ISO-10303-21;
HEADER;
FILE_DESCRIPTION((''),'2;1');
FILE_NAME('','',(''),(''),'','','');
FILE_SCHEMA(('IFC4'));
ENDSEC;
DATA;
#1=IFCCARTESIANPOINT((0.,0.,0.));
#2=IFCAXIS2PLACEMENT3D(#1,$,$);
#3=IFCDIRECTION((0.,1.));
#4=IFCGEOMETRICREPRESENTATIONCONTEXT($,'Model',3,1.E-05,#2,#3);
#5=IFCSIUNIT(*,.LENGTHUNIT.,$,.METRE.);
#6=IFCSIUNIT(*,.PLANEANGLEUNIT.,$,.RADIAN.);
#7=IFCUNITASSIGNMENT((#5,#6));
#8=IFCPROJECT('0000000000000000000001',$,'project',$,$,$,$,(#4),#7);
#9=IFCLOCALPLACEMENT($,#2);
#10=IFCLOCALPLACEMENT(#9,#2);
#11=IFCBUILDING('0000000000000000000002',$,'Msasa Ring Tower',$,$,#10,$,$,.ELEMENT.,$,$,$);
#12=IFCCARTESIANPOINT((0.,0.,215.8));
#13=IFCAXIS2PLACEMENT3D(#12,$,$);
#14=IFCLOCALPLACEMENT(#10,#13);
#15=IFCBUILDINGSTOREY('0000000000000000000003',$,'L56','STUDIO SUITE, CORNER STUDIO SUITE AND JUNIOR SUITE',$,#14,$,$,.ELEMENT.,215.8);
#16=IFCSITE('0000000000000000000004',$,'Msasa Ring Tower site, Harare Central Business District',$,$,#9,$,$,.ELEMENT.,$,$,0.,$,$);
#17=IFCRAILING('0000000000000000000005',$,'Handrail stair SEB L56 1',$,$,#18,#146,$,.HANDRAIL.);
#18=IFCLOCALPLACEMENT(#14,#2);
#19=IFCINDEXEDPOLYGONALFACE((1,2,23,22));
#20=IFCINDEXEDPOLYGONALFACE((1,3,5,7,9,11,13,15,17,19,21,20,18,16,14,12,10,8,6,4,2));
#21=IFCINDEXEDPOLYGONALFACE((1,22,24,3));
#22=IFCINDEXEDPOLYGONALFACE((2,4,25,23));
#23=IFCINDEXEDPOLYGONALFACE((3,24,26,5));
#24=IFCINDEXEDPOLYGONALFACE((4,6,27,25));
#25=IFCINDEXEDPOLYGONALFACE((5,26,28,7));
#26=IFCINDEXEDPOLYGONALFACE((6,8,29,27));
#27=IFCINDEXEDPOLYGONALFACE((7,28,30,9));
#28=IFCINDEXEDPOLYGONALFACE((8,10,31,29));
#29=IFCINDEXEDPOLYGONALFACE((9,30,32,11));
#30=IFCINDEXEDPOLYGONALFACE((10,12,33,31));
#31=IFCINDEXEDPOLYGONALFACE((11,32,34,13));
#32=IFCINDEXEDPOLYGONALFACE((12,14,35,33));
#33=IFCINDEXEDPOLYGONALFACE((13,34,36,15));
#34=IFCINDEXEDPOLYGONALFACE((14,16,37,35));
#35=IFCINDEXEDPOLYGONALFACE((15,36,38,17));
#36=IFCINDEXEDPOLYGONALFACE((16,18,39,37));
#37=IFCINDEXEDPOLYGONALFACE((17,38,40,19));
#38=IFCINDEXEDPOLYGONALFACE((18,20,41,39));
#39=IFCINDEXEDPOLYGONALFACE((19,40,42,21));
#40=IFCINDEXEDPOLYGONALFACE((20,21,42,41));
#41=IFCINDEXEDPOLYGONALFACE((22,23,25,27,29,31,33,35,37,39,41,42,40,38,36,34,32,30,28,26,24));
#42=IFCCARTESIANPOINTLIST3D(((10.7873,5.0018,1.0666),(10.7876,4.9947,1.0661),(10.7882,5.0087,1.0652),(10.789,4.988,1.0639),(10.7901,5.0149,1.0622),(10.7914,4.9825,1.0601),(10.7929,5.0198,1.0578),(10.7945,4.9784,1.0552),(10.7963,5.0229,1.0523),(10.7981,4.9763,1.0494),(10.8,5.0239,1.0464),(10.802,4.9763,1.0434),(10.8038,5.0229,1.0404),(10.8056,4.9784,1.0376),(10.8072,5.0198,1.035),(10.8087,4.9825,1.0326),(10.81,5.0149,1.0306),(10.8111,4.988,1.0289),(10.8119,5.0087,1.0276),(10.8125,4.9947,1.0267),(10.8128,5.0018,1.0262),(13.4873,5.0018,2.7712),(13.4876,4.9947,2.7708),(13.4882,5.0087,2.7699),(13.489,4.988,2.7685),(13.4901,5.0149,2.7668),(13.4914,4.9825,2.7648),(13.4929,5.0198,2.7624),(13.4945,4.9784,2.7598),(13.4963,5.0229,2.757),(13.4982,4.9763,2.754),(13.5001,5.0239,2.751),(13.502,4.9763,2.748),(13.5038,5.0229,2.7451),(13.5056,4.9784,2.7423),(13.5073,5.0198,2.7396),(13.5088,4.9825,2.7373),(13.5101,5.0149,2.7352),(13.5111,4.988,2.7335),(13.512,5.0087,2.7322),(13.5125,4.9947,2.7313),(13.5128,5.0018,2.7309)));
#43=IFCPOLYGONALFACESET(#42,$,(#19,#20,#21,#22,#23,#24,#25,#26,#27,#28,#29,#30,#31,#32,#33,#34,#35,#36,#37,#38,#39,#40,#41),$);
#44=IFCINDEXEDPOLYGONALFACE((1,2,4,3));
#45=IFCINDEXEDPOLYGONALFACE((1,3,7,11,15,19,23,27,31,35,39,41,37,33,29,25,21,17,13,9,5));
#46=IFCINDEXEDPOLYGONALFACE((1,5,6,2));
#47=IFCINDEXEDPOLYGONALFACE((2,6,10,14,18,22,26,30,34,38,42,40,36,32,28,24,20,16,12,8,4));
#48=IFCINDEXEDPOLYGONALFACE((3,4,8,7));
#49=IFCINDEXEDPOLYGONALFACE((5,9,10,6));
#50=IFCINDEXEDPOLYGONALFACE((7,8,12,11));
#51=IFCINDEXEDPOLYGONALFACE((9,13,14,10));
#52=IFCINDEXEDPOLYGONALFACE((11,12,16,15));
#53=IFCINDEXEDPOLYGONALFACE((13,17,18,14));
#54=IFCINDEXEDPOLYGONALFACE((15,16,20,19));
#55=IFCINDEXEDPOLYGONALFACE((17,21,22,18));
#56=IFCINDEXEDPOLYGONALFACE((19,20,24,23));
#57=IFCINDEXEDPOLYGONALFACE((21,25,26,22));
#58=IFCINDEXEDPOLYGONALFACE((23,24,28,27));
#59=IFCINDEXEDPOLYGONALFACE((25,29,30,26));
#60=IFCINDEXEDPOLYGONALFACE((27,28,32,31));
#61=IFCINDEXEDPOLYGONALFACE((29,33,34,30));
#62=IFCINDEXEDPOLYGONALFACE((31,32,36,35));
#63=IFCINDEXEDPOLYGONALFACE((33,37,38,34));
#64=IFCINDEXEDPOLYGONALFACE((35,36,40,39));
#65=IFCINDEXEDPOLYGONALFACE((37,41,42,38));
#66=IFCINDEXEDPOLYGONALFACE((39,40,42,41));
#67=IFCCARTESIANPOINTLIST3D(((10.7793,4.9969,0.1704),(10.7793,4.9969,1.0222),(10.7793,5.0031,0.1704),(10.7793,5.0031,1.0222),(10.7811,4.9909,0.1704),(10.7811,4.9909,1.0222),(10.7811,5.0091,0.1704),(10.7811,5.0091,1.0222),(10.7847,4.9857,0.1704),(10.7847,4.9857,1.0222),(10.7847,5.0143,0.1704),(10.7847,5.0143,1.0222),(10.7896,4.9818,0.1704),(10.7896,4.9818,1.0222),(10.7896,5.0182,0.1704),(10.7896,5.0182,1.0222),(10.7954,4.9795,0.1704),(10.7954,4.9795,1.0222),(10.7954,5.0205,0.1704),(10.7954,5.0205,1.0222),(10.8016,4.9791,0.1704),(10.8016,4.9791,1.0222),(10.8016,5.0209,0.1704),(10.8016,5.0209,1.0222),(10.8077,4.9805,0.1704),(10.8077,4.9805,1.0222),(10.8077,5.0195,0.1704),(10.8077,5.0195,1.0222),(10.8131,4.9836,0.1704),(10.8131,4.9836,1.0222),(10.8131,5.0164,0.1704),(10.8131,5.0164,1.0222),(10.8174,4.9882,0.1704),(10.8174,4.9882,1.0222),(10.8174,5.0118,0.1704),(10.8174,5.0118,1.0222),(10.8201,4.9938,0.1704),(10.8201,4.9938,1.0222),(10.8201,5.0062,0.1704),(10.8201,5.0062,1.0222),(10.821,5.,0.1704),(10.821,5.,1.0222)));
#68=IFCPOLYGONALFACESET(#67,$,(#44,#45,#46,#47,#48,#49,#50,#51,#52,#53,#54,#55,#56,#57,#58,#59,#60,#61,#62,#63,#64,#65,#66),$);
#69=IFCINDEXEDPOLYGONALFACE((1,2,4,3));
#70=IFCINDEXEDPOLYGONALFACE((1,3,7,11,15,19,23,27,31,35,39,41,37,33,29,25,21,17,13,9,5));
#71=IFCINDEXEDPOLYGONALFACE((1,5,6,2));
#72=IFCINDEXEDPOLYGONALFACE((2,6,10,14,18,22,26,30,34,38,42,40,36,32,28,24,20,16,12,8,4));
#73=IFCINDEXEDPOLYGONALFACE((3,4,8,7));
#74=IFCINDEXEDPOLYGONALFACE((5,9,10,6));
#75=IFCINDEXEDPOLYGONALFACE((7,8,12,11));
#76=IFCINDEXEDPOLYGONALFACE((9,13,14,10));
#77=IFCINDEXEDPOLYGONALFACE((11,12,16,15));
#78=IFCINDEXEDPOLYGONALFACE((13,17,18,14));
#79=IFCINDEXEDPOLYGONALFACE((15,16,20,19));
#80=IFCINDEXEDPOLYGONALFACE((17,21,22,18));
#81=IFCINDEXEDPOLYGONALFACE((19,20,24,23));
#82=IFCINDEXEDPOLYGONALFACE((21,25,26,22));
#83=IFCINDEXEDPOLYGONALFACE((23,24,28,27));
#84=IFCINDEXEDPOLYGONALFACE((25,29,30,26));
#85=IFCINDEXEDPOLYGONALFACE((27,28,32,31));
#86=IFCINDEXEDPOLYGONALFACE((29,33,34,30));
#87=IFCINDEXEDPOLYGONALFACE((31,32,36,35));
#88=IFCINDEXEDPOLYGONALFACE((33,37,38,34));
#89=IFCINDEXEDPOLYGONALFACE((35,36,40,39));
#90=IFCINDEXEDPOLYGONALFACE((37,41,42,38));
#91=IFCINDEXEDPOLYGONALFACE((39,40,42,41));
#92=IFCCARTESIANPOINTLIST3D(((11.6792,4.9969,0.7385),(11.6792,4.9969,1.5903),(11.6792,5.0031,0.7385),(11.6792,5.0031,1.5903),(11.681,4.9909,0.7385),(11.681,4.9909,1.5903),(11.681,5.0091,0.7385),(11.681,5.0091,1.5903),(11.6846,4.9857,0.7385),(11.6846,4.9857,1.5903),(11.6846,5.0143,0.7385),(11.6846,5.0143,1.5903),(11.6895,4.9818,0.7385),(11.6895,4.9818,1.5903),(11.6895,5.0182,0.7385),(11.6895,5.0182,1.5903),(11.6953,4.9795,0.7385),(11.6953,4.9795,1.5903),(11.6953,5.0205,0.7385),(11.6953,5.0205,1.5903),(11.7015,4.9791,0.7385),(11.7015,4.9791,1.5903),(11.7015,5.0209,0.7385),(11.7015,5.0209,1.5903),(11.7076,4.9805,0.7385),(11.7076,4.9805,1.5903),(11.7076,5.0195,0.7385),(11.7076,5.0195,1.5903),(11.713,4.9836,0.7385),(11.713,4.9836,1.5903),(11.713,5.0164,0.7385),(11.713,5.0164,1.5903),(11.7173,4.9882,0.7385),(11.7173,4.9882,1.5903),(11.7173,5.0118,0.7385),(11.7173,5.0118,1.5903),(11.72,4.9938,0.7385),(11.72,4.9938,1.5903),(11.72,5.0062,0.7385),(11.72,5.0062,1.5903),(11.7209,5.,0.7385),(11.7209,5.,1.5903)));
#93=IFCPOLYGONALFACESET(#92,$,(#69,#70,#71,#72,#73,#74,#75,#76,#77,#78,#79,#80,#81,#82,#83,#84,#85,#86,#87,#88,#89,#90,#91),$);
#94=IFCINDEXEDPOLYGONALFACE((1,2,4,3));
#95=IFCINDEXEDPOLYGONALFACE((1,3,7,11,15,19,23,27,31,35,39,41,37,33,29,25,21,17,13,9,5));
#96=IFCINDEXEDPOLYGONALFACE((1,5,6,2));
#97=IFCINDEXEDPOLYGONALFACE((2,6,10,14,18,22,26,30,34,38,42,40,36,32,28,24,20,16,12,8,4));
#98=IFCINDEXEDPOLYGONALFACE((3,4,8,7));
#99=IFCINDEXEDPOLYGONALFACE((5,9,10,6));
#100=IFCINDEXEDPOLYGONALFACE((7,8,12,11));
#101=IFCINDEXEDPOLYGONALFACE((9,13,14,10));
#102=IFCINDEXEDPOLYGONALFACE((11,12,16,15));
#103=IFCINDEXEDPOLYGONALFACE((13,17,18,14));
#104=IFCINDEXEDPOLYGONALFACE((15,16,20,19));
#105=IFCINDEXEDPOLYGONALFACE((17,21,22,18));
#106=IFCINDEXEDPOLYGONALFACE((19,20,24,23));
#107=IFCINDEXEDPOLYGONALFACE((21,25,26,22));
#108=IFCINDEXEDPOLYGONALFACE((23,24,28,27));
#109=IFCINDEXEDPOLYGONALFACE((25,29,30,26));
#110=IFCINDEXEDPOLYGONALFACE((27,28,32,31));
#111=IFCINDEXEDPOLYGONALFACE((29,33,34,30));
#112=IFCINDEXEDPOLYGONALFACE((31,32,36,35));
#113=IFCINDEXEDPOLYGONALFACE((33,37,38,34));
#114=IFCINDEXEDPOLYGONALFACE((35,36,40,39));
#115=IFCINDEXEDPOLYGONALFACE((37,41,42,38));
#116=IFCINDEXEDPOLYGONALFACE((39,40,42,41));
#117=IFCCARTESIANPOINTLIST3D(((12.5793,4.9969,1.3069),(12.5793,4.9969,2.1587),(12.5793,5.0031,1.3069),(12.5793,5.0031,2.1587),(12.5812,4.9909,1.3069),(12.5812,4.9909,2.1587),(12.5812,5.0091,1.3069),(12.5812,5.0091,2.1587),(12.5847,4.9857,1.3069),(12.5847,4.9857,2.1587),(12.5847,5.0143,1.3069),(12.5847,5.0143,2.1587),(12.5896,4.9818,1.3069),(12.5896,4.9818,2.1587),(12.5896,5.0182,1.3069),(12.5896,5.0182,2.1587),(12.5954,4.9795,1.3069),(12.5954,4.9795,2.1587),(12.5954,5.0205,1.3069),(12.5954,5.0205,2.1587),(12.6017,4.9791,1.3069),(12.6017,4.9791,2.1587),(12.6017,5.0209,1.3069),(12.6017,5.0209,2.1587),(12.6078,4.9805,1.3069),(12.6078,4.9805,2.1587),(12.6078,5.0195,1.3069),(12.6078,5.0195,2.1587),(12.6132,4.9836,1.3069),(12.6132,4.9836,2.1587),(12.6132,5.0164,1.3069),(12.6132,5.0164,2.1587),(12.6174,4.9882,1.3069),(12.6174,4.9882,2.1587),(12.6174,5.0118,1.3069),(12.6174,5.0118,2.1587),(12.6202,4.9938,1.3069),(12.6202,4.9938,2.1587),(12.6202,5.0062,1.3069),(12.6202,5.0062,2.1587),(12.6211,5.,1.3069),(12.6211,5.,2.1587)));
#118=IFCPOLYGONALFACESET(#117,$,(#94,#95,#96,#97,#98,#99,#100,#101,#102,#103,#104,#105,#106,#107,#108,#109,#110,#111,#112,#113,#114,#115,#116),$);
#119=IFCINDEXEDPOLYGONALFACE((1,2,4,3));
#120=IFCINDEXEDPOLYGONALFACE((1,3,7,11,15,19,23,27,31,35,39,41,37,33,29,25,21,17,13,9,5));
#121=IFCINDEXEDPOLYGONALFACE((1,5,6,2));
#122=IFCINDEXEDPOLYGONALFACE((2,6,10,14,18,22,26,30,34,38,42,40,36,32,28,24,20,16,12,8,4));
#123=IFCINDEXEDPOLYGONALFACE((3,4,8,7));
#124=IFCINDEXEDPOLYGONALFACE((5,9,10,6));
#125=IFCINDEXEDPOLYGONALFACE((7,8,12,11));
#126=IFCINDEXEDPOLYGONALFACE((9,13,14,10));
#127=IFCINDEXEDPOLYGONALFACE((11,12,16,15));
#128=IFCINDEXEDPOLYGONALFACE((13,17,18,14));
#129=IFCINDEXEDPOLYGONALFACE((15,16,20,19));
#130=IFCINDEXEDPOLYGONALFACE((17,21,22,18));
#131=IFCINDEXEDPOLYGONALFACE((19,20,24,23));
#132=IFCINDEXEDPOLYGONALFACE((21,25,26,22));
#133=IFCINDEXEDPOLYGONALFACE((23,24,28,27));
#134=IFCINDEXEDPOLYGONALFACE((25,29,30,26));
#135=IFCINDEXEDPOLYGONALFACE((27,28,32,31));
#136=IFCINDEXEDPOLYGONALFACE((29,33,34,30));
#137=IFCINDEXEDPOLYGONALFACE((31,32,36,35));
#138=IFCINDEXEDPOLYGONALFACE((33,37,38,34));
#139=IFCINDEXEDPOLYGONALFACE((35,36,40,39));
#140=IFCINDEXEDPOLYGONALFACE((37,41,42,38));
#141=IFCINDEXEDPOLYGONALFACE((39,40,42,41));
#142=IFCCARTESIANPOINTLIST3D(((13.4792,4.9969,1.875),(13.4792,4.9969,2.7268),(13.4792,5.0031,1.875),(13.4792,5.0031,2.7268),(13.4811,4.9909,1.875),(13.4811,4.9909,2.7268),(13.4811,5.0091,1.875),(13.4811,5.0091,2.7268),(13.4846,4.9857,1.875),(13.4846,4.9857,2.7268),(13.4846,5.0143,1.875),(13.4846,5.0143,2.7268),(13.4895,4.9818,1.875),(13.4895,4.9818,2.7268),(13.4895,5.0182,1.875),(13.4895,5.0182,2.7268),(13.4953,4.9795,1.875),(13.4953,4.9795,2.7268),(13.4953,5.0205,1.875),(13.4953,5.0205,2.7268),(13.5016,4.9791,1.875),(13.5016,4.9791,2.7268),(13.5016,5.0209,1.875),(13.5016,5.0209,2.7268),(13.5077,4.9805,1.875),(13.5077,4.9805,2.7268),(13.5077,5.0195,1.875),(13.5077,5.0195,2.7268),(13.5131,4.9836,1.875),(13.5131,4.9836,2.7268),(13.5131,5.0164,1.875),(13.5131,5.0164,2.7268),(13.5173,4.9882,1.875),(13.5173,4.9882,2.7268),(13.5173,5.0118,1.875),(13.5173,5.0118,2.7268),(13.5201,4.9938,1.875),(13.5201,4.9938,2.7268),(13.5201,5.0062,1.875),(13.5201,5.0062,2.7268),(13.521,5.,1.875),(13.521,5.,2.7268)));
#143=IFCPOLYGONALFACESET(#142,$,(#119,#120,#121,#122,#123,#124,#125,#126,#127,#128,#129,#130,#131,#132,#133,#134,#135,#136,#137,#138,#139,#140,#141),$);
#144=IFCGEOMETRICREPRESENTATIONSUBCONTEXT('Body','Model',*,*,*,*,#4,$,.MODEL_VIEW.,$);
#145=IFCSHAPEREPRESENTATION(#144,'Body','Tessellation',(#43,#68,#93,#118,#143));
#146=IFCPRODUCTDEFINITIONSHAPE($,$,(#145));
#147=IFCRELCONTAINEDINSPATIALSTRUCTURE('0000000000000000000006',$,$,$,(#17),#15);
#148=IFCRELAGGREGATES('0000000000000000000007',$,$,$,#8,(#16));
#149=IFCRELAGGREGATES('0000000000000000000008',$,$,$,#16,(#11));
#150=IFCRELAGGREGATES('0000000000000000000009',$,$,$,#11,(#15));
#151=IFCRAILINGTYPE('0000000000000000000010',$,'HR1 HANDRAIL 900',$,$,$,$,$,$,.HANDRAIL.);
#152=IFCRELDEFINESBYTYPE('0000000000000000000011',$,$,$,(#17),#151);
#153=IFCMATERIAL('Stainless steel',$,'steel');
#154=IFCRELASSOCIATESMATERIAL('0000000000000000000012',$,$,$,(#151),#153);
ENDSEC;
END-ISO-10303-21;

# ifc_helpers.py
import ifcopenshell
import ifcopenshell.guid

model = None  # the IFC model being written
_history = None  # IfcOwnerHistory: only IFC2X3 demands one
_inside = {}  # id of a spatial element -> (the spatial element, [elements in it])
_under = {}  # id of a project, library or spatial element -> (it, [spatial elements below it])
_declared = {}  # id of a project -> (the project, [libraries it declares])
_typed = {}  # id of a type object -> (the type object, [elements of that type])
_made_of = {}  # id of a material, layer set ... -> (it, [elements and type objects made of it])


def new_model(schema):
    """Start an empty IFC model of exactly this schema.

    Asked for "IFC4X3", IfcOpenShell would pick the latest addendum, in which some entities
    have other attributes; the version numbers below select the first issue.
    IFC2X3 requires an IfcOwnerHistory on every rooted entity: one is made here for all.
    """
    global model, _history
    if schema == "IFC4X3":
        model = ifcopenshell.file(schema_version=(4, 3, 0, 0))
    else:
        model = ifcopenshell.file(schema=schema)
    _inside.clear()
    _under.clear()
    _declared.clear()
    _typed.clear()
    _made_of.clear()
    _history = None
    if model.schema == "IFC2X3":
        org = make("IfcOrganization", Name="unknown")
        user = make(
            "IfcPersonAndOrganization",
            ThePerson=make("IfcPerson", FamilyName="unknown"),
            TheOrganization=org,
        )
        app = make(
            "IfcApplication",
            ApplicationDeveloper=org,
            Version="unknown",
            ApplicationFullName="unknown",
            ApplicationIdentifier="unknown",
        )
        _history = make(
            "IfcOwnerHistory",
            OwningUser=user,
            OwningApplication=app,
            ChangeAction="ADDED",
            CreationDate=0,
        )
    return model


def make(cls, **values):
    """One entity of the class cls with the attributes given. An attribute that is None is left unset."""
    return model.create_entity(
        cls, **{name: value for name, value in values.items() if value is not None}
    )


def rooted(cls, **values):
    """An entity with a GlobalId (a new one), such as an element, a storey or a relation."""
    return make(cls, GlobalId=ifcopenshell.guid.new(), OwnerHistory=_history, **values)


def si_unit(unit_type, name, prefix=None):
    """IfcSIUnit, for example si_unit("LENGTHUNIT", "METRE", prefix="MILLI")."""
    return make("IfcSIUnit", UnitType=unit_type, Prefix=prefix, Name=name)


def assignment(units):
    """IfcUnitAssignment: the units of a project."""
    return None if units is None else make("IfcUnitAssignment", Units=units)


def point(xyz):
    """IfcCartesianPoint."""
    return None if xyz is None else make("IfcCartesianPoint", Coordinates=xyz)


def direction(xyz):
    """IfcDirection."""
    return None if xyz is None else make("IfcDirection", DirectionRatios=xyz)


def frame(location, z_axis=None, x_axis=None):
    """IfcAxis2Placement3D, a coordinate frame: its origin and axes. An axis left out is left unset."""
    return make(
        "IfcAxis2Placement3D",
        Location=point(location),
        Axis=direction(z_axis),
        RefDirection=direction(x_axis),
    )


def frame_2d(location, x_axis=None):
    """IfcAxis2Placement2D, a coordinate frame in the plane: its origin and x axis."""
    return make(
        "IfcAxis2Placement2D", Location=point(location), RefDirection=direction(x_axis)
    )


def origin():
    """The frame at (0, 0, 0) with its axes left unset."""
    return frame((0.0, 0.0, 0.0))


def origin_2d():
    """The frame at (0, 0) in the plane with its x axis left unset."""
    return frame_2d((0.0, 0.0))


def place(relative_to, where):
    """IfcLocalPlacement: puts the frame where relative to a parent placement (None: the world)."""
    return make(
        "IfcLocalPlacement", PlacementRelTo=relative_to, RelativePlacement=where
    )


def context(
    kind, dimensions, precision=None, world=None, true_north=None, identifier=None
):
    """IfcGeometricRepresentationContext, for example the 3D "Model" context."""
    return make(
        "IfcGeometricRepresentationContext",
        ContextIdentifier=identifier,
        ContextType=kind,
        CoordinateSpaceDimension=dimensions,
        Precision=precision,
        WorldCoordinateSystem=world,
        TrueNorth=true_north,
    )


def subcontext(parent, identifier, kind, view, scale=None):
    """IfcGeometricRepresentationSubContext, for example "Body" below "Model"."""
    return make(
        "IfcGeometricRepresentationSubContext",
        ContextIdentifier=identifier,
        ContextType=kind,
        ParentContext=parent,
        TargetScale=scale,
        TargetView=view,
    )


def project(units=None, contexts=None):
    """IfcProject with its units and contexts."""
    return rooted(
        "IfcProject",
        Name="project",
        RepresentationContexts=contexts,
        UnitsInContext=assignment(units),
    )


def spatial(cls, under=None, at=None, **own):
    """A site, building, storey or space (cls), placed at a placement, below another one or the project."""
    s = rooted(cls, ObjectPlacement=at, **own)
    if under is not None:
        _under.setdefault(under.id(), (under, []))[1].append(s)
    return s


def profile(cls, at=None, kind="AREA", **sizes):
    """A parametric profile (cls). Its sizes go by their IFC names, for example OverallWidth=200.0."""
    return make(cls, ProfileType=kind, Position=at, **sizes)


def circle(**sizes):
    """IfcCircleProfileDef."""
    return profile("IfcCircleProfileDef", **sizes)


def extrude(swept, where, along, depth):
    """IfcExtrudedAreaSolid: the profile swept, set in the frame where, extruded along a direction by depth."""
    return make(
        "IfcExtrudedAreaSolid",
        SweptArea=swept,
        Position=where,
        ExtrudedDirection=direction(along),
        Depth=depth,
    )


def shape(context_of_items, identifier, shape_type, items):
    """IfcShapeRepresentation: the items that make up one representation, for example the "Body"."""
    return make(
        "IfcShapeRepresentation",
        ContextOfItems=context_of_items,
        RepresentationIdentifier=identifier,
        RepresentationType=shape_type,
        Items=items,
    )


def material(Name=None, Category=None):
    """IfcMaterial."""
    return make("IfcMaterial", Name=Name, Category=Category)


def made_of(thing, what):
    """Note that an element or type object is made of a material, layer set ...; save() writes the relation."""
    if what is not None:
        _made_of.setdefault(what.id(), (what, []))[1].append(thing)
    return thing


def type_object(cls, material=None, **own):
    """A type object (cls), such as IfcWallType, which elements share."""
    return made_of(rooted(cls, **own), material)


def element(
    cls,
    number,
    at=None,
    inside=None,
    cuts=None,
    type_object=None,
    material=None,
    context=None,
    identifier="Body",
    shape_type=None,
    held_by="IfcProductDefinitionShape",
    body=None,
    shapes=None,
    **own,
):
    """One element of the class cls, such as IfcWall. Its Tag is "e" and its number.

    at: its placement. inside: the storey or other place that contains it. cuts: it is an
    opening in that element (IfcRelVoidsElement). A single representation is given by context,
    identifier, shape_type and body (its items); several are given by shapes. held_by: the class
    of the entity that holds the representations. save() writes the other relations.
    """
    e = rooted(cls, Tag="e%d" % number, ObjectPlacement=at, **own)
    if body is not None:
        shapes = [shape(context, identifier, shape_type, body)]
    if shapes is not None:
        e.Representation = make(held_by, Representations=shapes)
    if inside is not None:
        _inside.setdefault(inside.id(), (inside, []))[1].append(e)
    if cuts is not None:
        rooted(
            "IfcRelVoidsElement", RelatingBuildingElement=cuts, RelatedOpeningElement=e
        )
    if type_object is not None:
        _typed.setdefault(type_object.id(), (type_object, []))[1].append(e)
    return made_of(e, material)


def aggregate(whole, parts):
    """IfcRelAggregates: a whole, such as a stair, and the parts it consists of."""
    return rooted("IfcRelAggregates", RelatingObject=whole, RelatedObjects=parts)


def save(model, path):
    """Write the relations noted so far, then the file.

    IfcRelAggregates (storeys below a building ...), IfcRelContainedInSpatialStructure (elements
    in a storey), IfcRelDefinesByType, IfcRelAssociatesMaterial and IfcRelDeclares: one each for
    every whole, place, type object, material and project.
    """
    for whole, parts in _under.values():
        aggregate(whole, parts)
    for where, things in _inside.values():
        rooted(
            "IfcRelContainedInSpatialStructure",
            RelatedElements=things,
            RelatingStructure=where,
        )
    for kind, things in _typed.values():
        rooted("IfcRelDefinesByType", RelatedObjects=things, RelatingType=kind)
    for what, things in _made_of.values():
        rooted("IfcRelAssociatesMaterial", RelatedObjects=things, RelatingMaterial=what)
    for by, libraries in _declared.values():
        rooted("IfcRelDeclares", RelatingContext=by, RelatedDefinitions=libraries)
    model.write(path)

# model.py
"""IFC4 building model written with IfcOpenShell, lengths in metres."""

from ifc_helpers import new_model, si_unit, direction, frame, origin, origin_2d, place, context, subcontext, project, spatial, circle, extrude, material, type_object, element, save


model = new_model("IFC4")

# Units and contexts
model_context = context("Model", 3, precision=1e-05, world=origin(), true_north=direction((0.0, 1.0)))
body_context = subcontext(model_context, "Body", "Model", "MODEL_VIEW")
ifc_project = project(units=[si_unit("LENGTHUNIT", "METRE"), si_unit("PLANEANGLEUNIT", "RADIAN")], contexts=[model_context])

# Site, building, storey
site_placement = place(None, origin())
site = spatial("IfcSite", under=ifc_project, at=site_placement, Name="Msasa Ring Tower site, Harare Central Business District", CompositionType="ELEMENT", RefElevation=0.0)
building_placement = place(site_placement, origin())
building = spatial("IfcBuilding", under=site, at=building_placement, Name="Msasa Ring Tower", CompositionType="ELEMENT")
storey_placement = place(building_placement, frame((0.0, 0.0, 215.8)))
storey = spatial("IfcBuildingStorey", under=building, at=storey_placement, Name="L56", Description="STUDIO SUITE, CORNER STUDIO SUITE AND JUNIOR SUITE", CompositionType="ELEMENT", Elevation=215.8)

# Railing
ifc_material_1 = material(Name="Stainless steel", Category="steel")
railing_type = type_object("IfcRailingType", Name="HR1 HANDRAIL 900", PredefinedType="HANDRAIL", material=ifc_material_1)
for number, where, name in (
    (1, (10.8, 5.0, 0.1704), "Handrail stair SEB L56 1"),
):
    element("IfcRailing", number, at=place(storey_placement, frame(where)), inside=storey, type_object=railing_type, Name=name, PredefinedType="HANDRAIL", context=body_context, shape_type="SweptSolid", body=[
        extrude(circle(Radius=0.0239, at=origin_2d()), frame((0.0, 0.0, 0.876), z_axis=(0.84558, 0.0, 0.533849), x_axis=(0.0, 1.0, 0.0)), (0.0, 0.0, 1.0), 3.1931),
        extrude(circle(Radius=0.021, at=origin_2d()), origin(), (0.0, 0.0, 1.0), 0.8518),
        extrude(circle(Radius=0.021, at=origin_2d()), frame((0.8999, 0.0, 0.5681)), (0.0, 0.0, 1.0), 0.8518),
        extrude(circle(Radius=0.021, at=origin_2d()), frame((1.8, 0.0, 1.1365)), (0.0, 0.0, 1.0), 0.8518),
        extrude(circle(Radius=0.021, at=origin_2d()), frame((2.7, 0.0, 1.7046)), (0.0, 0.0, 1.0), 0.8518),
    ])

save(model, "model.ifc")
